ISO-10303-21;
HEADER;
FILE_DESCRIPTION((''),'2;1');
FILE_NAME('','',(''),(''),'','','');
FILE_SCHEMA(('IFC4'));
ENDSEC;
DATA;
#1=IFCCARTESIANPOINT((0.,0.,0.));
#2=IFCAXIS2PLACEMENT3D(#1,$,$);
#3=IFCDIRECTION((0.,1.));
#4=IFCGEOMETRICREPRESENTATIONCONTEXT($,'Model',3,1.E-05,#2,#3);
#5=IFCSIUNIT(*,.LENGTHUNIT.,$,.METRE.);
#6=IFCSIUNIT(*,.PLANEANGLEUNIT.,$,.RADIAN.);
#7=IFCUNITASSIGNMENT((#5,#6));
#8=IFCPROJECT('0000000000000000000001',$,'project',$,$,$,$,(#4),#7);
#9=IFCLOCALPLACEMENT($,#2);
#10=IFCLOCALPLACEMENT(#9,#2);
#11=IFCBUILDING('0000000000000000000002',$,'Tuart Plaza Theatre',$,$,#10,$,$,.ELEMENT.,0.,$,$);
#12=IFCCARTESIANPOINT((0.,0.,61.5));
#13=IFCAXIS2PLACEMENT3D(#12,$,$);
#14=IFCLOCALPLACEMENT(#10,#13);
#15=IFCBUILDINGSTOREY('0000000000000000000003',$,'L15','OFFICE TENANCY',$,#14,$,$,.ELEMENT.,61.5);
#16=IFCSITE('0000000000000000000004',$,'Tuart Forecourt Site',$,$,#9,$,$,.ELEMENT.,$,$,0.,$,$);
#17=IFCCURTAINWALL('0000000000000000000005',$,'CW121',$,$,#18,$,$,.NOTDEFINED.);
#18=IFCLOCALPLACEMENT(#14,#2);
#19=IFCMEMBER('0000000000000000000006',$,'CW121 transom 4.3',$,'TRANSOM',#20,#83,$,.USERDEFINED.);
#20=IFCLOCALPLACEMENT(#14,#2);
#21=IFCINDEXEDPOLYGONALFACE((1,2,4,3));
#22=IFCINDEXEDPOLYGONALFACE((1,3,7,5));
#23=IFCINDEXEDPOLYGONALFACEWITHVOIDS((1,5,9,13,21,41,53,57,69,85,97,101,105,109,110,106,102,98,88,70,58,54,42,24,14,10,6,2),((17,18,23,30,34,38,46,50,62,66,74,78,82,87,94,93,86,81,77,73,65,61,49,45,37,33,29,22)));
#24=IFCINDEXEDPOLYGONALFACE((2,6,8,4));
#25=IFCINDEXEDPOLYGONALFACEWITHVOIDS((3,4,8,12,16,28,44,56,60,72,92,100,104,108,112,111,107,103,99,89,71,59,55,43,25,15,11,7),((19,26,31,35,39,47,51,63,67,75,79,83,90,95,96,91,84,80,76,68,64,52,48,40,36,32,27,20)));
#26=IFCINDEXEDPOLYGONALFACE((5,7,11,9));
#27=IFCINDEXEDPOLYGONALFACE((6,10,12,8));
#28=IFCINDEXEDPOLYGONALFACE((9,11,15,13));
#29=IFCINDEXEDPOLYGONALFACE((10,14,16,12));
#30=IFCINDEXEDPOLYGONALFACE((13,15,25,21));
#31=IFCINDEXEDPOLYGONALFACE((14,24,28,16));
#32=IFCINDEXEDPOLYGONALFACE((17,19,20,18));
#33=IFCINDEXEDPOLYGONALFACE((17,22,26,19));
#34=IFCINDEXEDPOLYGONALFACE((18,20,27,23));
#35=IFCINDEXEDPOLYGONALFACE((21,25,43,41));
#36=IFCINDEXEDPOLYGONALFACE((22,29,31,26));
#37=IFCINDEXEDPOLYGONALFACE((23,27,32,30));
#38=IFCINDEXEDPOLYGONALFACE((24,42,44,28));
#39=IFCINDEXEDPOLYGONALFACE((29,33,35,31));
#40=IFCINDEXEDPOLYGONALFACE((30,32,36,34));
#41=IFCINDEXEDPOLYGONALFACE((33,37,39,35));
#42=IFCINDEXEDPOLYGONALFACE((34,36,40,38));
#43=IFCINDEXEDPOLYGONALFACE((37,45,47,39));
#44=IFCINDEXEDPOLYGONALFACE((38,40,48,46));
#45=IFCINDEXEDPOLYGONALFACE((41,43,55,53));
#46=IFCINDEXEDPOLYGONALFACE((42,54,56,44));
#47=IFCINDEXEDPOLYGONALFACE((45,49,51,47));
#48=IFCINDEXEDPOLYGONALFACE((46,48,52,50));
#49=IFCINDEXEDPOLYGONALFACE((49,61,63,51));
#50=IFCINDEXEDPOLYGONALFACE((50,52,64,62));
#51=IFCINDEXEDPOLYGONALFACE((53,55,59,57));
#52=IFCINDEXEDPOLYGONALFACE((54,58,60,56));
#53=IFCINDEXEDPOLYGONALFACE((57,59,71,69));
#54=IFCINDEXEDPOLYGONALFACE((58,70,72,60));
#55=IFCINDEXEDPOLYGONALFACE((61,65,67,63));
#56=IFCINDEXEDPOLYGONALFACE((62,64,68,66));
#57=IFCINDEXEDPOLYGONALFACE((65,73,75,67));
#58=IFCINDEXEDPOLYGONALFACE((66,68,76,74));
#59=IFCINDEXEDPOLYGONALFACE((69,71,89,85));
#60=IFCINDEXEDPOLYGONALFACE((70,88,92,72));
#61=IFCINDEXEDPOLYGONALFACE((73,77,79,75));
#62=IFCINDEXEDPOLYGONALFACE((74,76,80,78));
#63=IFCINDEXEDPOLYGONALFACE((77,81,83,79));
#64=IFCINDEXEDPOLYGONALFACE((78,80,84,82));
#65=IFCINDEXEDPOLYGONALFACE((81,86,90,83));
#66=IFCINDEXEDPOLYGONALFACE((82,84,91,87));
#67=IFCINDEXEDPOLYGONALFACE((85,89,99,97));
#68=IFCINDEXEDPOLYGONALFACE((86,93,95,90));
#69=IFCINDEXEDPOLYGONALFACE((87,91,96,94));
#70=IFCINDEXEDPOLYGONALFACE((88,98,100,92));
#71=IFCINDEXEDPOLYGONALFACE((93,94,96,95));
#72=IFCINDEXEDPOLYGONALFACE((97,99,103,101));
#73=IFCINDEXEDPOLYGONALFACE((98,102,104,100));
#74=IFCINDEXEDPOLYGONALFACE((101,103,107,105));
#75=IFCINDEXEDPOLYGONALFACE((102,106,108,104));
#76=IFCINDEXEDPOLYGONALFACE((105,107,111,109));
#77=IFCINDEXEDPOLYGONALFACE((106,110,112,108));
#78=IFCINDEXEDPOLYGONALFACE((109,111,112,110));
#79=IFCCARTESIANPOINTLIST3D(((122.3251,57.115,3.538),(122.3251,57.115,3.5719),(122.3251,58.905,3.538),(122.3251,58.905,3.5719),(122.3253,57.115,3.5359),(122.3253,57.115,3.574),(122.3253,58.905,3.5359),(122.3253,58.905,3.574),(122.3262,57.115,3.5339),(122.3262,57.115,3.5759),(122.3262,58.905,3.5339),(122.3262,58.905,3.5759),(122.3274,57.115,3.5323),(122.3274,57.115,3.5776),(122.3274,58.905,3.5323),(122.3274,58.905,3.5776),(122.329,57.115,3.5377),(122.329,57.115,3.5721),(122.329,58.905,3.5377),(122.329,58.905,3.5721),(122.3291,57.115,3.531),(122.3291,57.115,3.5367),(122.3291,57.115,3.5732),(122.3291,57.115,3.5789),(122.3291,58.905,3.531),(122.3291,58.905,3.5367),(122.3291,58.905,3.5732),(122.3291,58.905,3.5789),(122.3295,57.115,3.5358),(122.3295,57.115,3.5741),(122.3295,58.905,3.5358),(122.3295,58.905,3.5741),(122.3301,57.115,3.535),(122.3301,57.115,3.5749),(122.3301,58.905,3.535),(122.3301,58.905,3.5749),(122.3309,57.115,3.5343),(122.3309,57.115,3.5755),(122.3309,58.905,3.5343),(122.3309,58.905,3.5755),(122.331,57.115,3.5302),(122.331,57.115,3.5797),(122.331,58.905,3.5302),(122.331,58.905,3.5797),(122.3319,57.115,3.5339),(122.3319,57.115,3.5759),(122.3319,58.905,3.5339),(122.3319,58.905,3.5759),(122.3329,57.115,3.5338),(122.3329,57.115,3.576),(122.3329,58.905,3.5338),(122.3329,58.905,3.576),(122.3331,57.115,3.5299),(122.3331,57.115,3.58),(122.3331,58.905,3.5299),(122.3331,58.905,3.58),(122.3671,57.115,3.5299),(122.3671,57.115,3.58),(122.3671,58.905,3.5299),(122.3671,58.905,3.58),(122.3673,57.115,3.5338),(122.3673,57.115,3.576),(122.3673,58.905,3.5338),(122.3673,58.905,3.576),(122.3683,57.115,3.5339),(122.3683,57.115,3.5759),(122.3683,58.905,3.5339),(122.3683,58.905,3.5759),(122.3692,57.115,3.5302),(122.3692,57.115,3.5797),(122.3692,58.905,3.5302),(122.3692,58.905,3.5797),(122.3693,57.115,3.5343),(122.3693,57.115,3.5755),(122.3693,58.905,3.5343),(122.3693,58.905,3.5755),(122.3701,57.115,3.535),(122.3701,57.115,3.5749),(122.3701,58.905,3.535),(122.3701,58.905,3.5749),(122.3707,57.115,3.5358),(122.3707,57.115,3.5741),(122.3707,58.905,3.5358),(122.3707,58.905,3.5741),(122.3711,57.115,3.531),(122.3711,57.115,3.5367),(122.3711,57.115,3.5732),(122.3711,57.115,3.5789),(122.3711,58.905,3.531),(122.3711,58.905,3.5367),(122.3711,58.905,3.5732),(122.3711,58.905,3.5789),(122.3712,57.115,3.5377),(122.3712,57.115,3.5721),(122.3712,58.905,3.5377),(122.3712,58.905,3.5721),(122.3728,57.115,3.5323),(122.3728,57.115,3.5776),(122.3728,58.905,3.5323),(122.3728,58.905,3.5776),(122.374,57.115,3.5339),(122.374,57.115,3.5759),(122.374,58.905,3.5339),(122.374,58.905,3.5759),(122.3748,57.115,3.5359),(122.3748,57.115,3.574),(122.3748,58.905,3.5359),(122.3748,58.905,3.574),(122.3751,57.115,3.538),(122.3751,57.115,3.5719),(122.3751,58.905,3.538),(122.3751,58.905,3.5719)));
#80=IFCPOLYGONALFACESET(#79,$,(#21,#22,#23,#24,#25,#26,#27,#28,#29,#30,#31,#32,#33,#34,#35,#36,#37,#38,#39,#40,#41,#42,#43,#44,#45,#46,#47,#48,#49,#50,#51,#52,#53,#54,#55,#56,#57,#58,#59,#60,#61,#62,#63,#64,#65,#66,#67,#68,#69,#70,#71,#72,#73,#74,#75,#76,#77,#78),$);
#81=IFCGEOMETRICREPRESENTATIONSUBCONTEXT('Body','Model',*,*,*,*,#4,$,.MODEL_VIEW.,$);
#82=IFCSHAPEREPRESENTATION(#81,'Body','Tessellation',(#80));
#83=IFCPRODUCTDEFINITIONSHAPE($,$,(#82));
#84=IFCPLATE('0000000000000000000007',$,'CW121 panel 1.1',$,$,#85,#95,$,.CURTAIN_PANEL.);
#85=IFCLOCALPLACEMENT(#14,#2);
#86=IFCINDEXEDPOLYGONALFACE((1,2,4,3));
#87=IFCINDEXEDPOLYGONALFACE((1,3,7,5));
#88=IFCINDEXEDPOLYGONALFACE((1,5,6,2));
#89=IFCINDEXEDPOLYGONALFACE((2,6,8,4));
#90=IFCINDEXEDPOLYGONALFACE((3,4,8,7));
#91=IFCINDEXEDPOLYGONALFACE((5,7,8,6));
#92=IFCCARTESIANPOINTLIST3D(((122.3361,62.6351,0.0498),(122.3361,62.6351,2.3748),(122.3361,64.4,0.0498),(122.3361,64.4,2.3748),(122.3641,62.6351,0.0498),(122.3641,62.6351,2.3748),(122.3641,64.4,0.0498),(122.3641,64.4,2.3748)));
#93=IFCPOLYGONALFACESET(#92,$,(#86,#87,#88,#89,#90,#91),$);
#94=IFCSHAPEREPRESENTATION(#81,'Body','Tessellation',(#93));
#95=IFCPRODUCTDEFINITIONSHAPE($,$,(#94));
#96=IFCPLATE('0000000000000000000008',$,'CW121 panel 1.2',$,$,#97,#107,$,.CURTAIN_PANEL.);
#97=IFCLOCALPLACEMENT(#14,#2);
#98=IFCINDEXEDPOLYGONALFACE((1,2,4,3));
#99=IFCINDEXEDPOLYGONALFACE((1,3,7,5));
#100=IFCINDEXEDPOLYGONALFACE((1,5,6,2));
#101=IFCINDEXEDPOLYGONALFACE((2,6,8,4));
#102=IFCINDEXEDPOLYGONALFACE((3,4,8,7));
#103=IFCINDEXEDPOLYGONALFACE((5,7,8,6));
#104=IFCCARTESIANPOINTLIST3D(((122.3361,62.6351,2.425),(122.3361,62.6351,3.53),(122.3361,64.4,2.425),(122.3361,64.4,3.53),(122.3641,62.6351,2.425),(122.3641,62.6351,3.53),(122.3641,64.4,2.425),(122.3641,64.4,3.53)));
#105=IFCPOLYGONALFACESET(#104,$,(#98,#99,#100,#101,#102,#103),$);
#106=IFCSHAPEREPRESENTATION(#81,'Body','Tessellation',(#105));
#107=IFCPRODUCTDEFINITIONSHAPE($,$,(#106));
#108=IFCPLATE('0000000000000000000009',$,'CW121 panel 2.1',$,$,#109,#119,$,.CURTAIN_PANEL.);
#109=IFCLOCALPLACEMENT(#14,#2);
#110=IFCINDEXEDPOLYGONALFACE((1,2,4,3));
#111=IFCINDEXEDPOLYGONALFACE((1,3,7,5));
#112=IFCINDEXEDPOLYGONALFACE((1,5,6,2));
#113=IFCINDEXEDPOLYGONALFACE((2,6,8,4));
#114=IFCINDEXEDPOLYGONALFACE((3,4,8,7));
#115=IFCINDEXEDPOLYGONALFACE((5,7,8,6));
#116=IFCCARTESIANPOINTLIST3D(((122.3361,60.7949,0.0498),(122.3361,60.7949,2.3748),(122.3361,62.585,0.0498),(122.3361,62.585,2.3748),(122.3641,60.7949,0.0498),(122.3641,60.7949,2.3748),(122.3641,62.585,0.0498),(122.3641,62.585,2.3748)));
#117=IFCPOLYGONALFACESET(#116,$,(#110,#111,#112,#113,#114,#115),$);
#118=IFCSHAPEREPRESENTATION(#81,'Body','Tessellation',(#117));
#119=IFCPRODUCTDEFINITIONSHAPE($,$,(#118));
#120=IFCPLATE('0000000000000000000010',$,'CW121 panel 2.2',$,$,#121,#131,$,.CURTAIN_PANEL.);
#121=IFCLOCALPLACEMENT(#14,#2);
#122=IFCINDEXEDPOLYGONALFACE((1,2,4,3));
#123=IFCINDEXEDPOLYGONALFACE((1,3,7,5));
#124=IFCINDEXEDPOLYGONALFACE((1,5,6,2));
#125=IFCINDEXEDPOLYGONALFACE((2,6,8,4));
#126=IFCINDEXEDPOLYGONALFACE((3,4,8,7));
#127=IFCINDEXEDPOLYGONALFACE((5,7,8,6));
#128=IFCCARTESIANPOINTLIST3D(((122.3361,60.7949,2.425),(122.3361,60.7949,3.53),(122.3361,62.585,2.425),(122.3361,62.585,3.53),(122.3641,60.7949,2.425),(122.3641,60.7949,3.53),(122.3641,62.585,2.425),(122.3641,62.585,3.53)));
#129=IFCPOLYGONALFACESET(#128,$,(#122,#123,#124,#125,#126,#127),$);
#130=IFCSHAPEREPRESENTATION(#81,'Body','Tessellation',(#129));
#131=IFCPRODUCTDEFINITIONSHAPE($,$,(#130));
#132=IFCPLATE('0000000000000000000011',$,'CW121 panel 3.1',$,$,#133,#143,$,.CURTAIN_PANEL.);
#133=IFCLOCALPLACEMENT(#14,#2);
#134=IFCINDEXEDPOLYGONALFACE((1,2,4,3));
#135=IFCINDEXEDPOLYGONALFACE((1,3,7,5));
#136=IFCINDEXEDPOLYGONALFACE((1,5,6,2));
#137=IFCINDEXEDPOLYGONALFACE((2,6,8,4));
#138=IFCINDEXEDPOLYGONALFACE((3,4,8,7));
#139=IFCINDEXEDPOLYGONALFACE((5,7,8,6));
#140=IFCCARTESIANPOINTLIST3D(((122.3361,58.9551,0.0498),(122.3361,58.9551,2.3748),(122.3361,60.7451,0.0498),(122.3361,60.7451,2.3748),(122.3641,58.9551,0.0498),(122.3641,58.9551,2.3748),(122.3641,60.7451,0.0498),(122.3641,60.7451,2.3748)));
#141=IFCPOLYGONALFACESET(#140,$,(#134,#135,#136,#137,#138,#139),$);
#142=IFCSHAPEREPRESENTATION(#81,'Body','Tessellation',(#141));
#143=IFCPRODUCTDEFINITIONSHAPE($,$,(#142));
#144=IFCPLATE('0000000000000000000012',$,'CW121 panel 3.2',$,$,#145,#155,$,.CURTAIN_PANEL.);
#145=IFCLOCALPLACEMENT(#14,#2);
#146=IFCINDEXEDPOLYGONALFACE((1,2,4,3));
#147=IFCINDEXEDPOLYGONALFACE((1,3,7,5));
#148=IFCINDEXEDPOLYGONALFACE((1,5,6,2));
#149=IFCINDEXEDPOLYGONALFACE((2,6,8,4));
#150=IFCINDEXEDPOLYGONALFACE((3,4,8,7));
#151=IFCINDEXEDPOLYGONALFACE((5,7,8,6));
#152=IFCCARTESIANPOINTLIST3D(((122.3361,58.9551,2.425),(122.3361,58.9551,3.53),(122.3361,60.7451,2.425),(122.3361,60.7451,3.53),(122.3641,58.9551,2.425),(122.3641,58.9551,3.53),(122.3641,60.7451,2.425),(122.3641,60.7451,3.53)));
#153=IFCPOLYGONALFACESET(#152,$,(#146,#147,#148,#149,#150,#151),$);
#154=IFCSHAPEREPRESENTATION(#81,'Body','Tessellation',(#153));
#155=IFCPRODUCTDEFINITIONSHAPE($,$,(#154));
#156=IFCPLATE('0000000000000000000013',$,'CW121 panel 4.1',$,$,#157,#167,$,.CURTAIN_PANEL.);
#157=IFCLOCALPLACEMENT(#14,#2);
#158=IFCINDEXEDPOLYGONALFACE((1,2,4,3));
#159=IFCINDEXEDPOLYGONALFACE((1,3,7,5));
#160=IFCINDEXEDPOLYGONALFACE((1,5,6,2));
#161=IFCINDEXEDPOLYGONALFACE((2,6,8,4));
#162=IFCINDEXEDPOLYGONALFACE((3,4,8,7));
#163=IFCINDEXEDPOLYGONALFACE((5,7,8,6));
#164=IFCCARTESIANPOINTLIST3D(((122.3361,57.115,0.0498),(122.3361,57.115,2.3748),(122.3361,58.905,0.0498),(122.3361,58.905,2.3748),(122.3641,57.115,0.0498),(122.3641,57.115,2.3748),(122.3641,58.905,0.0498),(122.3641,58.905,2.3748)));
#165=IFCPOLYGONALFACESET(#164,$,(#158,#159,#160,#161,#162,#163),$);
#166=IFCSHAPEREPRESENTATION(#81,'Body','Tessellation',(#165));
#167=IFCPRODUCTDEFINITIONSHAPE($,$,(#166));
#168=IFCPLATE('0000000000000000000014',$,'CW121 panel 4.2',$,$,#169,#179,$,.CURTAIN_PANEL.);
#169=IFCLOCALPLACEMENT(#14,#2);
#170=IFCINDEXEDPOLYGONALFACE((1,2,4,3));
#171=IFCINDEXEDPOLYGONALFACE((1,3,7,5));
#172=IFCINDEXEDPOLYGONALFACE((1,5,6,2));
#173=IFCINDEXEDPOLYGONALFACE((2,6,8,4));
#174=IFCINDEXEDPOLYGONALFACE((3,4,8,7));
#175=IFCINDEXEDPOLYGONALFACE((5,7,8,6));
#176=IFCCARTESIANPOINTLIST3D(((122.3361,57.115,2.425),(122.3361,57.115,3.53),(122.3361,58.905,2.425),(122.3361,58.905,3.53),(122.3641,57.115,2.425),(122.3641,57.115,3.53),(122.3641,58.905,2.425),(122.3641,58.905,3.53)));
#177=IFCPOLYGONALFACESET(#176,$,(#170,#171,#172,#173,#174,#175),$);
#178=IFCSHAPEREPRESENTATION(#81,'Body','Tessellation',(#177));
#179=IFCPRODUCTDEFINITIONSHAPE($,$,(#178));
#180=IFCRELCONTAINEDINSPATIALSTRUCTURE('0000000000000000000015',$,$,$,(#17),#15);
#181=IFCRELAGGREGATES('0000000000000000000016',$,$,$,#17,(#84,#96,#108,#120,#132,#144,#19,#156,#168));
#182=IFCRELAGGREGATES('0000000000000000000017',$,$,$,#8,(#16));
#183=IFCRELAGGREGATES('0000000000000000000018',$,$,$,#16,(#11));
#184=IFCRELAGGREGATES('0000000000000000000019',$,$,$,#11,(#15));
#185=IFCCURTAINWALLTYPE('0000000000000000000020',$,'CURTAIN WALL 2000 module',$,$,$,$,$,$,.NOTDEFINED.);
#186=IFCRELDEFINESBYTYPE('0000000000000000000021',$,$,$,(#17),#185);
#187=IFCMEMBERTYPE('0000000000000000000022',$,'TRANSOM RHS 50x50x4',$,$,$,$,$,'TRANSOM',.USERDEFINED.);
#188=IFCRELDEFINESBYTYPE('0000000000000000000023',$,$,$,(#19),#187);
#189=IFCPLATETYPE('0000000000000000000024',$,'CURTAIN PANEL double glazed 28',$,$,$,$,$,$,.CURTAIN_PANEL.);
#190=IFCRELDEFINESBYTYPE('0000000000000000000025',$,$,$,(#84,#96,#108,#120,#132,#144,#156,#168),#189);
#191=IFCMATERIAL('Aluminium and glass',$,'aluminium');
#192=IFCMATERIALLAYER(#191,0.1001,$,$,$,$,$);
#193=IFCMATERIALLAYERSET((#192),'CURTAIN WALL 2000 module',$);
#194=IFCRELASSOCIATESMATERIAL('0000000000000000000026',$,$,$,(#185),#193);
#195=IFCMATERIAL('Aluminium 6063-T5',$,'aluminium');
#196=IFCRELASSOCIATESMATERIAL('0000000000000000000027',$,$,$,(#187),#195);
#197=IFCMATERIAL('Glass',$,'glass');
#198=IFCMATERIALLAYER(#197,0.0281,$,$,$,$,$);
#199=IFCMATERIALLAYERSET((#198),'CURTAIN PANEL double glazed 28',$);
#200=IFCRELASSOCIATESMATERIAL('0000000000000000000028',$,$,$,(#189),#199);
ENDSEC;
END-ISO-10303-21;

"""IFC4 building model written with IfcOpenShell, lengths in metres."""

from ifc_helpers import new_model, si_unit, direction, frame, origin, origin_2d, place, context, subcontext, project, spatial, rectangle, hollow_rectangle, extrude, material, layer, layer_set, material_profile, profile_set, type_object, element, aggregate, save


model = new_model("IFC4")

# Units and contexts
model_context = context("Model", 3, precision=1e-05, world=origin(), true_north=direction((0.0, 1.0)))
body_context = subcontext(model_context, "Body", "Model", "MODEL_VIEW")
ifc_project = project(units=[si_unit("LENGTHUNIT", "METRE"), si_unit("PLANEANGLEUNIT", "RADIAN")], contexts=[model_context])

# Site, building, storey
site_placement = place(None, origin())
site = spatial("IfcSite", under=ifc_project, at=site_placement, Name="Tuart Forecourt Site", CompositionType="ELEMENT", RefElevation=0.0)
building_placement = place(site_placement, origin())
building = spatial("IfcBuilding", under=site, at=building_placement, Name="Tuart Plaza Theatre", CompositionType="ELEMENT", ElevationOfRefHeight=0.0)
storey_placement = place(building_placement, frame((0.0, 0.0, 61.5)))
storey = spatial("IfcBuildingStorey", under=building, at=storey_placement, Name="L15", Description="OFFICE TENANCY", CompositionType="ELEMENT", Elevation=61.5)

# Curtain wall, member, plates
ifc_material_1 = material(Name="Aluminium and glass", Category="aluminium")
ifc_layer_1 = layer(ifc_material_1, 0.1001)
ifc_layer_set_1 = layer_set([ifc_layer_1], Name="CURTAIN WALL 2000 module")
curtain_wall_type = type_object("IfcCurtainWallType", Name="CURTAIN WALL 2000 module", PredefinedType="NOTDEFINED", material=ifc_layer_set_1)
curtain_wall_placement = place(storey_placement, origin())
curtain_wall = element("IfcCurtainWall", 1, at=curtain_wall_placement, inside=storey, type_object=curtain_wall_type, Name="CW121", PredefinedType="NOTDEFINED")
ifc_material_2 = material(Name="Aluminium 6063-T5", Category="aluminium")
ifc_material_profile_1 = material_profile(ifc_material_2, hollow_rectangle(XDim=0.05, YDim=0.05, WallThickness=0.0039, InnerFilletRadius=0.0039, OuterFilletRadius=0.0081, at=origin_2d()), Name="RHS 50x50x4")
ifc_profile_set_1 = profile_set([ifc_material_profile_1], Name="Aluminium 6063-T5")
member_type_1 = type_object("IfcMemberType", Name="TRANSOM RHS 50x50x4", ElementType="TRANSOM", PredefinedType="USERDEFINED", material=ifc_profile_set_1)
member_1_placement = place(storey_placement, frame((122.3501, 58.905, 3.5549), z_axis=(0.0, -1.0, 0.0), x_axis=(1.0, 0.0, 0.0)))
member_1 = element("IfcMember", 2, at=member_1_placement, type_object=member_type_1, Name="CW121 transom 4.3", ObjectType="TRANSOM", PredefinedType="USERDEFINED", context=body_context, shape_type="SweptSolid", body=[
    extrude(hollow_rectangle(XDim=0.05, YDim=0.05, WallThickness=0.0039, InnerFilletRadius=0.0039, OuterFilletRadius=0.0081, at=origin_2d()), origin(), (0.0, 0.0, 1.0), 1.79),
])
ifc_material_3 = material(Name="Glass", Category="glass")
ifc_layer_2 = layer(ifc_material_3, 0.0281)
ifc_layer_set_2 = layer_set([ifc_layer_2], Name="CURTAIN PANEL double glazed 28")
plate_type = type_object("IfcPlateType", Name="CURTAIN PANEL double glazed 28", PredefinedType="CURTAIN_PANEL", material=ifc_layer_set_2)
plate_1_placement = place(storey_placement, frame((122.3501, 63.5176, 0.0498), z_axis=(0.0, 0.0, 1.0), x_axis=(0.0, -1.0, 0.0)))
plate_1 = element("IfcPlate", 3, at=plate_1_placement, type_object=plate_type, Name="CW121 panel 1.1", PredefinedType="CURTAIN_PANEL", context=body_context, shape_type="SweptSolid", body=[
    extrude(rectangle(XDim=1.7649, YDim=0.0281, at=origin_2d()), origin(), (0.0, 0.0, 1.0), 2.325),
])
plate_2_placement = place(storey_placement, frame((122.3501, 63.5176, 2.425), z_axis=(0.0, 0.0, 1.0), x_axis=(0.0, -1.0, 0.0)))
plate_2 = element("IfcPlate", 4, at=plate_2_placement, type_object=plate_type, Name="CW121 panel 1.2", PredefinedType="CURTAIN_PANEL", context=body_context, shape_type="SweptSolid", body=[
    extrude(rectangle(XDim=1.7649, YDim=0.0281, at=origin_2d()), origin(), (0.0, 0.0, 1.0), 1.105),
])
plate_3_placement = place(storey_placement, frame((122.3501, 61.6899, 0.0498), z_axis=(0.0, 0.0, 1.0), x_axis=(0.0, -1.0, 0.0)))
plate_3 = element("IfcPlate", 5, at=plate_3_placement, type_object=plate_type, Name="CW121 panel 2.1", PredefinedType="CURTAIN_PANEL", context=body_context, shape_type="SweptSolid", body=[
    extrude(rectangle(XDim=1.79, YDim=0.0281, at=origin_2d()), origin(), (0.0, 0.0, 1.0), 2.325),
])
plate_4_placement = place(storey_placement, frame((122.3501, 61.6899, 2.425), z_axis=(0.0, 0.0, 1.0), x_axis=(0.0, -1.0, 0.0)))
plate_4 = element("IfcPlate", 6, at=plate_4_placement, type_object=plate_type, Name="CW121 panel 2.2", PredefinedType="CURTAIN_PANEL", context=body_context, shape_type="SweptSolid", body=[
    extrude(rectangle(XDim=1.79, YDim=0.0281, at=origin_2d()), origin(), (0.0, 0.0, 1.0), 1.105),
])
plate_5_placement = place(storey_placement, frame((122.3501, 59.8501, 0.0498), z_axis=(0.0, 0.0, 1.0), x_axis=(0.0, -1.0, 0.0)))
plate_5 = element("IfcPlate", 7, at=plate_5_placement, type_object=plate_type, Name="CW121 panel 3.1", PredefinedType="CURTAIN_PANEL", context=body_context, shape_type="SweptSolid", body=[
    extrude(rectangle(XDim=1.79, YDim=0.0281, at=origin_2d()), origin(), (0.0, 0.0, 1.0), 2.325),
])
plate_6_placement = place(storey_placement, frame((122.3501, 59.8501, 2.425), z_axis=(0.0, 0.0, 1.0), x_axis=(0.0, -1.0, 0.0)))
plate_6 = element("IfcPlate", 8, at=plate_6_placement, type_object=plate_type, Name="CW121 panel 3.2", PredefinedType="CURTAIN_PANEL", context=body_context, shape_type="SweptSolid", body=[
    extrude(rectangle(XDim=1.79, YDim=0.0281, at=origin_2d()), origin(), (0.0, 0.0, 1.0), 1.105),
])
plate_7_placement = place(storey_placement, frame((122.3501, 58.01, 0.0498), z_axis=(0.0, 0.0, 1.0), x_axis=(0.0, -1.0, 0.0)))
plate_7 = element("IfcPlate", 9, at=plate_7_placement, type_object=plate_type, Name="CW121 panel 4.1", PredefinedType="CURTAIN_PANEL", context=body_context, shape_type="SweptSolid", body=[
    extrude(rectangle(XDim=1.79, YDim=0.0281, at=origin_2d()), origin(), (0.0, 0.0, 1.0), 2.325),
])
plate_8_placement = place(storey_placement, frame((122.3501, 58.01, 2.425), z_axis=(0.0, 0.0, 1.0), x_axis=(0.0, -1.0, 0.0)))
plate_8 = element("IfcPlate", 10, at=plate_8_placement, type_object=plate_type, Name="CW121 panel 4.2", PredefinedType="CURTAIN_PANEL", context=body_context, shape_type="SweptSolid", body=[
    extrude(rectangle(XDim=1.79, YDim=0.0281, at=origin_2d()), origin(), (0.0, 0.0, 1.0), 1.105),
])
aggregate(curtain_wall, [plate_1, plate_2, plate_3, plate_4, plate_5, plate_6, member_1, plate_7, plate_8])

save(model, "model.ifc")
